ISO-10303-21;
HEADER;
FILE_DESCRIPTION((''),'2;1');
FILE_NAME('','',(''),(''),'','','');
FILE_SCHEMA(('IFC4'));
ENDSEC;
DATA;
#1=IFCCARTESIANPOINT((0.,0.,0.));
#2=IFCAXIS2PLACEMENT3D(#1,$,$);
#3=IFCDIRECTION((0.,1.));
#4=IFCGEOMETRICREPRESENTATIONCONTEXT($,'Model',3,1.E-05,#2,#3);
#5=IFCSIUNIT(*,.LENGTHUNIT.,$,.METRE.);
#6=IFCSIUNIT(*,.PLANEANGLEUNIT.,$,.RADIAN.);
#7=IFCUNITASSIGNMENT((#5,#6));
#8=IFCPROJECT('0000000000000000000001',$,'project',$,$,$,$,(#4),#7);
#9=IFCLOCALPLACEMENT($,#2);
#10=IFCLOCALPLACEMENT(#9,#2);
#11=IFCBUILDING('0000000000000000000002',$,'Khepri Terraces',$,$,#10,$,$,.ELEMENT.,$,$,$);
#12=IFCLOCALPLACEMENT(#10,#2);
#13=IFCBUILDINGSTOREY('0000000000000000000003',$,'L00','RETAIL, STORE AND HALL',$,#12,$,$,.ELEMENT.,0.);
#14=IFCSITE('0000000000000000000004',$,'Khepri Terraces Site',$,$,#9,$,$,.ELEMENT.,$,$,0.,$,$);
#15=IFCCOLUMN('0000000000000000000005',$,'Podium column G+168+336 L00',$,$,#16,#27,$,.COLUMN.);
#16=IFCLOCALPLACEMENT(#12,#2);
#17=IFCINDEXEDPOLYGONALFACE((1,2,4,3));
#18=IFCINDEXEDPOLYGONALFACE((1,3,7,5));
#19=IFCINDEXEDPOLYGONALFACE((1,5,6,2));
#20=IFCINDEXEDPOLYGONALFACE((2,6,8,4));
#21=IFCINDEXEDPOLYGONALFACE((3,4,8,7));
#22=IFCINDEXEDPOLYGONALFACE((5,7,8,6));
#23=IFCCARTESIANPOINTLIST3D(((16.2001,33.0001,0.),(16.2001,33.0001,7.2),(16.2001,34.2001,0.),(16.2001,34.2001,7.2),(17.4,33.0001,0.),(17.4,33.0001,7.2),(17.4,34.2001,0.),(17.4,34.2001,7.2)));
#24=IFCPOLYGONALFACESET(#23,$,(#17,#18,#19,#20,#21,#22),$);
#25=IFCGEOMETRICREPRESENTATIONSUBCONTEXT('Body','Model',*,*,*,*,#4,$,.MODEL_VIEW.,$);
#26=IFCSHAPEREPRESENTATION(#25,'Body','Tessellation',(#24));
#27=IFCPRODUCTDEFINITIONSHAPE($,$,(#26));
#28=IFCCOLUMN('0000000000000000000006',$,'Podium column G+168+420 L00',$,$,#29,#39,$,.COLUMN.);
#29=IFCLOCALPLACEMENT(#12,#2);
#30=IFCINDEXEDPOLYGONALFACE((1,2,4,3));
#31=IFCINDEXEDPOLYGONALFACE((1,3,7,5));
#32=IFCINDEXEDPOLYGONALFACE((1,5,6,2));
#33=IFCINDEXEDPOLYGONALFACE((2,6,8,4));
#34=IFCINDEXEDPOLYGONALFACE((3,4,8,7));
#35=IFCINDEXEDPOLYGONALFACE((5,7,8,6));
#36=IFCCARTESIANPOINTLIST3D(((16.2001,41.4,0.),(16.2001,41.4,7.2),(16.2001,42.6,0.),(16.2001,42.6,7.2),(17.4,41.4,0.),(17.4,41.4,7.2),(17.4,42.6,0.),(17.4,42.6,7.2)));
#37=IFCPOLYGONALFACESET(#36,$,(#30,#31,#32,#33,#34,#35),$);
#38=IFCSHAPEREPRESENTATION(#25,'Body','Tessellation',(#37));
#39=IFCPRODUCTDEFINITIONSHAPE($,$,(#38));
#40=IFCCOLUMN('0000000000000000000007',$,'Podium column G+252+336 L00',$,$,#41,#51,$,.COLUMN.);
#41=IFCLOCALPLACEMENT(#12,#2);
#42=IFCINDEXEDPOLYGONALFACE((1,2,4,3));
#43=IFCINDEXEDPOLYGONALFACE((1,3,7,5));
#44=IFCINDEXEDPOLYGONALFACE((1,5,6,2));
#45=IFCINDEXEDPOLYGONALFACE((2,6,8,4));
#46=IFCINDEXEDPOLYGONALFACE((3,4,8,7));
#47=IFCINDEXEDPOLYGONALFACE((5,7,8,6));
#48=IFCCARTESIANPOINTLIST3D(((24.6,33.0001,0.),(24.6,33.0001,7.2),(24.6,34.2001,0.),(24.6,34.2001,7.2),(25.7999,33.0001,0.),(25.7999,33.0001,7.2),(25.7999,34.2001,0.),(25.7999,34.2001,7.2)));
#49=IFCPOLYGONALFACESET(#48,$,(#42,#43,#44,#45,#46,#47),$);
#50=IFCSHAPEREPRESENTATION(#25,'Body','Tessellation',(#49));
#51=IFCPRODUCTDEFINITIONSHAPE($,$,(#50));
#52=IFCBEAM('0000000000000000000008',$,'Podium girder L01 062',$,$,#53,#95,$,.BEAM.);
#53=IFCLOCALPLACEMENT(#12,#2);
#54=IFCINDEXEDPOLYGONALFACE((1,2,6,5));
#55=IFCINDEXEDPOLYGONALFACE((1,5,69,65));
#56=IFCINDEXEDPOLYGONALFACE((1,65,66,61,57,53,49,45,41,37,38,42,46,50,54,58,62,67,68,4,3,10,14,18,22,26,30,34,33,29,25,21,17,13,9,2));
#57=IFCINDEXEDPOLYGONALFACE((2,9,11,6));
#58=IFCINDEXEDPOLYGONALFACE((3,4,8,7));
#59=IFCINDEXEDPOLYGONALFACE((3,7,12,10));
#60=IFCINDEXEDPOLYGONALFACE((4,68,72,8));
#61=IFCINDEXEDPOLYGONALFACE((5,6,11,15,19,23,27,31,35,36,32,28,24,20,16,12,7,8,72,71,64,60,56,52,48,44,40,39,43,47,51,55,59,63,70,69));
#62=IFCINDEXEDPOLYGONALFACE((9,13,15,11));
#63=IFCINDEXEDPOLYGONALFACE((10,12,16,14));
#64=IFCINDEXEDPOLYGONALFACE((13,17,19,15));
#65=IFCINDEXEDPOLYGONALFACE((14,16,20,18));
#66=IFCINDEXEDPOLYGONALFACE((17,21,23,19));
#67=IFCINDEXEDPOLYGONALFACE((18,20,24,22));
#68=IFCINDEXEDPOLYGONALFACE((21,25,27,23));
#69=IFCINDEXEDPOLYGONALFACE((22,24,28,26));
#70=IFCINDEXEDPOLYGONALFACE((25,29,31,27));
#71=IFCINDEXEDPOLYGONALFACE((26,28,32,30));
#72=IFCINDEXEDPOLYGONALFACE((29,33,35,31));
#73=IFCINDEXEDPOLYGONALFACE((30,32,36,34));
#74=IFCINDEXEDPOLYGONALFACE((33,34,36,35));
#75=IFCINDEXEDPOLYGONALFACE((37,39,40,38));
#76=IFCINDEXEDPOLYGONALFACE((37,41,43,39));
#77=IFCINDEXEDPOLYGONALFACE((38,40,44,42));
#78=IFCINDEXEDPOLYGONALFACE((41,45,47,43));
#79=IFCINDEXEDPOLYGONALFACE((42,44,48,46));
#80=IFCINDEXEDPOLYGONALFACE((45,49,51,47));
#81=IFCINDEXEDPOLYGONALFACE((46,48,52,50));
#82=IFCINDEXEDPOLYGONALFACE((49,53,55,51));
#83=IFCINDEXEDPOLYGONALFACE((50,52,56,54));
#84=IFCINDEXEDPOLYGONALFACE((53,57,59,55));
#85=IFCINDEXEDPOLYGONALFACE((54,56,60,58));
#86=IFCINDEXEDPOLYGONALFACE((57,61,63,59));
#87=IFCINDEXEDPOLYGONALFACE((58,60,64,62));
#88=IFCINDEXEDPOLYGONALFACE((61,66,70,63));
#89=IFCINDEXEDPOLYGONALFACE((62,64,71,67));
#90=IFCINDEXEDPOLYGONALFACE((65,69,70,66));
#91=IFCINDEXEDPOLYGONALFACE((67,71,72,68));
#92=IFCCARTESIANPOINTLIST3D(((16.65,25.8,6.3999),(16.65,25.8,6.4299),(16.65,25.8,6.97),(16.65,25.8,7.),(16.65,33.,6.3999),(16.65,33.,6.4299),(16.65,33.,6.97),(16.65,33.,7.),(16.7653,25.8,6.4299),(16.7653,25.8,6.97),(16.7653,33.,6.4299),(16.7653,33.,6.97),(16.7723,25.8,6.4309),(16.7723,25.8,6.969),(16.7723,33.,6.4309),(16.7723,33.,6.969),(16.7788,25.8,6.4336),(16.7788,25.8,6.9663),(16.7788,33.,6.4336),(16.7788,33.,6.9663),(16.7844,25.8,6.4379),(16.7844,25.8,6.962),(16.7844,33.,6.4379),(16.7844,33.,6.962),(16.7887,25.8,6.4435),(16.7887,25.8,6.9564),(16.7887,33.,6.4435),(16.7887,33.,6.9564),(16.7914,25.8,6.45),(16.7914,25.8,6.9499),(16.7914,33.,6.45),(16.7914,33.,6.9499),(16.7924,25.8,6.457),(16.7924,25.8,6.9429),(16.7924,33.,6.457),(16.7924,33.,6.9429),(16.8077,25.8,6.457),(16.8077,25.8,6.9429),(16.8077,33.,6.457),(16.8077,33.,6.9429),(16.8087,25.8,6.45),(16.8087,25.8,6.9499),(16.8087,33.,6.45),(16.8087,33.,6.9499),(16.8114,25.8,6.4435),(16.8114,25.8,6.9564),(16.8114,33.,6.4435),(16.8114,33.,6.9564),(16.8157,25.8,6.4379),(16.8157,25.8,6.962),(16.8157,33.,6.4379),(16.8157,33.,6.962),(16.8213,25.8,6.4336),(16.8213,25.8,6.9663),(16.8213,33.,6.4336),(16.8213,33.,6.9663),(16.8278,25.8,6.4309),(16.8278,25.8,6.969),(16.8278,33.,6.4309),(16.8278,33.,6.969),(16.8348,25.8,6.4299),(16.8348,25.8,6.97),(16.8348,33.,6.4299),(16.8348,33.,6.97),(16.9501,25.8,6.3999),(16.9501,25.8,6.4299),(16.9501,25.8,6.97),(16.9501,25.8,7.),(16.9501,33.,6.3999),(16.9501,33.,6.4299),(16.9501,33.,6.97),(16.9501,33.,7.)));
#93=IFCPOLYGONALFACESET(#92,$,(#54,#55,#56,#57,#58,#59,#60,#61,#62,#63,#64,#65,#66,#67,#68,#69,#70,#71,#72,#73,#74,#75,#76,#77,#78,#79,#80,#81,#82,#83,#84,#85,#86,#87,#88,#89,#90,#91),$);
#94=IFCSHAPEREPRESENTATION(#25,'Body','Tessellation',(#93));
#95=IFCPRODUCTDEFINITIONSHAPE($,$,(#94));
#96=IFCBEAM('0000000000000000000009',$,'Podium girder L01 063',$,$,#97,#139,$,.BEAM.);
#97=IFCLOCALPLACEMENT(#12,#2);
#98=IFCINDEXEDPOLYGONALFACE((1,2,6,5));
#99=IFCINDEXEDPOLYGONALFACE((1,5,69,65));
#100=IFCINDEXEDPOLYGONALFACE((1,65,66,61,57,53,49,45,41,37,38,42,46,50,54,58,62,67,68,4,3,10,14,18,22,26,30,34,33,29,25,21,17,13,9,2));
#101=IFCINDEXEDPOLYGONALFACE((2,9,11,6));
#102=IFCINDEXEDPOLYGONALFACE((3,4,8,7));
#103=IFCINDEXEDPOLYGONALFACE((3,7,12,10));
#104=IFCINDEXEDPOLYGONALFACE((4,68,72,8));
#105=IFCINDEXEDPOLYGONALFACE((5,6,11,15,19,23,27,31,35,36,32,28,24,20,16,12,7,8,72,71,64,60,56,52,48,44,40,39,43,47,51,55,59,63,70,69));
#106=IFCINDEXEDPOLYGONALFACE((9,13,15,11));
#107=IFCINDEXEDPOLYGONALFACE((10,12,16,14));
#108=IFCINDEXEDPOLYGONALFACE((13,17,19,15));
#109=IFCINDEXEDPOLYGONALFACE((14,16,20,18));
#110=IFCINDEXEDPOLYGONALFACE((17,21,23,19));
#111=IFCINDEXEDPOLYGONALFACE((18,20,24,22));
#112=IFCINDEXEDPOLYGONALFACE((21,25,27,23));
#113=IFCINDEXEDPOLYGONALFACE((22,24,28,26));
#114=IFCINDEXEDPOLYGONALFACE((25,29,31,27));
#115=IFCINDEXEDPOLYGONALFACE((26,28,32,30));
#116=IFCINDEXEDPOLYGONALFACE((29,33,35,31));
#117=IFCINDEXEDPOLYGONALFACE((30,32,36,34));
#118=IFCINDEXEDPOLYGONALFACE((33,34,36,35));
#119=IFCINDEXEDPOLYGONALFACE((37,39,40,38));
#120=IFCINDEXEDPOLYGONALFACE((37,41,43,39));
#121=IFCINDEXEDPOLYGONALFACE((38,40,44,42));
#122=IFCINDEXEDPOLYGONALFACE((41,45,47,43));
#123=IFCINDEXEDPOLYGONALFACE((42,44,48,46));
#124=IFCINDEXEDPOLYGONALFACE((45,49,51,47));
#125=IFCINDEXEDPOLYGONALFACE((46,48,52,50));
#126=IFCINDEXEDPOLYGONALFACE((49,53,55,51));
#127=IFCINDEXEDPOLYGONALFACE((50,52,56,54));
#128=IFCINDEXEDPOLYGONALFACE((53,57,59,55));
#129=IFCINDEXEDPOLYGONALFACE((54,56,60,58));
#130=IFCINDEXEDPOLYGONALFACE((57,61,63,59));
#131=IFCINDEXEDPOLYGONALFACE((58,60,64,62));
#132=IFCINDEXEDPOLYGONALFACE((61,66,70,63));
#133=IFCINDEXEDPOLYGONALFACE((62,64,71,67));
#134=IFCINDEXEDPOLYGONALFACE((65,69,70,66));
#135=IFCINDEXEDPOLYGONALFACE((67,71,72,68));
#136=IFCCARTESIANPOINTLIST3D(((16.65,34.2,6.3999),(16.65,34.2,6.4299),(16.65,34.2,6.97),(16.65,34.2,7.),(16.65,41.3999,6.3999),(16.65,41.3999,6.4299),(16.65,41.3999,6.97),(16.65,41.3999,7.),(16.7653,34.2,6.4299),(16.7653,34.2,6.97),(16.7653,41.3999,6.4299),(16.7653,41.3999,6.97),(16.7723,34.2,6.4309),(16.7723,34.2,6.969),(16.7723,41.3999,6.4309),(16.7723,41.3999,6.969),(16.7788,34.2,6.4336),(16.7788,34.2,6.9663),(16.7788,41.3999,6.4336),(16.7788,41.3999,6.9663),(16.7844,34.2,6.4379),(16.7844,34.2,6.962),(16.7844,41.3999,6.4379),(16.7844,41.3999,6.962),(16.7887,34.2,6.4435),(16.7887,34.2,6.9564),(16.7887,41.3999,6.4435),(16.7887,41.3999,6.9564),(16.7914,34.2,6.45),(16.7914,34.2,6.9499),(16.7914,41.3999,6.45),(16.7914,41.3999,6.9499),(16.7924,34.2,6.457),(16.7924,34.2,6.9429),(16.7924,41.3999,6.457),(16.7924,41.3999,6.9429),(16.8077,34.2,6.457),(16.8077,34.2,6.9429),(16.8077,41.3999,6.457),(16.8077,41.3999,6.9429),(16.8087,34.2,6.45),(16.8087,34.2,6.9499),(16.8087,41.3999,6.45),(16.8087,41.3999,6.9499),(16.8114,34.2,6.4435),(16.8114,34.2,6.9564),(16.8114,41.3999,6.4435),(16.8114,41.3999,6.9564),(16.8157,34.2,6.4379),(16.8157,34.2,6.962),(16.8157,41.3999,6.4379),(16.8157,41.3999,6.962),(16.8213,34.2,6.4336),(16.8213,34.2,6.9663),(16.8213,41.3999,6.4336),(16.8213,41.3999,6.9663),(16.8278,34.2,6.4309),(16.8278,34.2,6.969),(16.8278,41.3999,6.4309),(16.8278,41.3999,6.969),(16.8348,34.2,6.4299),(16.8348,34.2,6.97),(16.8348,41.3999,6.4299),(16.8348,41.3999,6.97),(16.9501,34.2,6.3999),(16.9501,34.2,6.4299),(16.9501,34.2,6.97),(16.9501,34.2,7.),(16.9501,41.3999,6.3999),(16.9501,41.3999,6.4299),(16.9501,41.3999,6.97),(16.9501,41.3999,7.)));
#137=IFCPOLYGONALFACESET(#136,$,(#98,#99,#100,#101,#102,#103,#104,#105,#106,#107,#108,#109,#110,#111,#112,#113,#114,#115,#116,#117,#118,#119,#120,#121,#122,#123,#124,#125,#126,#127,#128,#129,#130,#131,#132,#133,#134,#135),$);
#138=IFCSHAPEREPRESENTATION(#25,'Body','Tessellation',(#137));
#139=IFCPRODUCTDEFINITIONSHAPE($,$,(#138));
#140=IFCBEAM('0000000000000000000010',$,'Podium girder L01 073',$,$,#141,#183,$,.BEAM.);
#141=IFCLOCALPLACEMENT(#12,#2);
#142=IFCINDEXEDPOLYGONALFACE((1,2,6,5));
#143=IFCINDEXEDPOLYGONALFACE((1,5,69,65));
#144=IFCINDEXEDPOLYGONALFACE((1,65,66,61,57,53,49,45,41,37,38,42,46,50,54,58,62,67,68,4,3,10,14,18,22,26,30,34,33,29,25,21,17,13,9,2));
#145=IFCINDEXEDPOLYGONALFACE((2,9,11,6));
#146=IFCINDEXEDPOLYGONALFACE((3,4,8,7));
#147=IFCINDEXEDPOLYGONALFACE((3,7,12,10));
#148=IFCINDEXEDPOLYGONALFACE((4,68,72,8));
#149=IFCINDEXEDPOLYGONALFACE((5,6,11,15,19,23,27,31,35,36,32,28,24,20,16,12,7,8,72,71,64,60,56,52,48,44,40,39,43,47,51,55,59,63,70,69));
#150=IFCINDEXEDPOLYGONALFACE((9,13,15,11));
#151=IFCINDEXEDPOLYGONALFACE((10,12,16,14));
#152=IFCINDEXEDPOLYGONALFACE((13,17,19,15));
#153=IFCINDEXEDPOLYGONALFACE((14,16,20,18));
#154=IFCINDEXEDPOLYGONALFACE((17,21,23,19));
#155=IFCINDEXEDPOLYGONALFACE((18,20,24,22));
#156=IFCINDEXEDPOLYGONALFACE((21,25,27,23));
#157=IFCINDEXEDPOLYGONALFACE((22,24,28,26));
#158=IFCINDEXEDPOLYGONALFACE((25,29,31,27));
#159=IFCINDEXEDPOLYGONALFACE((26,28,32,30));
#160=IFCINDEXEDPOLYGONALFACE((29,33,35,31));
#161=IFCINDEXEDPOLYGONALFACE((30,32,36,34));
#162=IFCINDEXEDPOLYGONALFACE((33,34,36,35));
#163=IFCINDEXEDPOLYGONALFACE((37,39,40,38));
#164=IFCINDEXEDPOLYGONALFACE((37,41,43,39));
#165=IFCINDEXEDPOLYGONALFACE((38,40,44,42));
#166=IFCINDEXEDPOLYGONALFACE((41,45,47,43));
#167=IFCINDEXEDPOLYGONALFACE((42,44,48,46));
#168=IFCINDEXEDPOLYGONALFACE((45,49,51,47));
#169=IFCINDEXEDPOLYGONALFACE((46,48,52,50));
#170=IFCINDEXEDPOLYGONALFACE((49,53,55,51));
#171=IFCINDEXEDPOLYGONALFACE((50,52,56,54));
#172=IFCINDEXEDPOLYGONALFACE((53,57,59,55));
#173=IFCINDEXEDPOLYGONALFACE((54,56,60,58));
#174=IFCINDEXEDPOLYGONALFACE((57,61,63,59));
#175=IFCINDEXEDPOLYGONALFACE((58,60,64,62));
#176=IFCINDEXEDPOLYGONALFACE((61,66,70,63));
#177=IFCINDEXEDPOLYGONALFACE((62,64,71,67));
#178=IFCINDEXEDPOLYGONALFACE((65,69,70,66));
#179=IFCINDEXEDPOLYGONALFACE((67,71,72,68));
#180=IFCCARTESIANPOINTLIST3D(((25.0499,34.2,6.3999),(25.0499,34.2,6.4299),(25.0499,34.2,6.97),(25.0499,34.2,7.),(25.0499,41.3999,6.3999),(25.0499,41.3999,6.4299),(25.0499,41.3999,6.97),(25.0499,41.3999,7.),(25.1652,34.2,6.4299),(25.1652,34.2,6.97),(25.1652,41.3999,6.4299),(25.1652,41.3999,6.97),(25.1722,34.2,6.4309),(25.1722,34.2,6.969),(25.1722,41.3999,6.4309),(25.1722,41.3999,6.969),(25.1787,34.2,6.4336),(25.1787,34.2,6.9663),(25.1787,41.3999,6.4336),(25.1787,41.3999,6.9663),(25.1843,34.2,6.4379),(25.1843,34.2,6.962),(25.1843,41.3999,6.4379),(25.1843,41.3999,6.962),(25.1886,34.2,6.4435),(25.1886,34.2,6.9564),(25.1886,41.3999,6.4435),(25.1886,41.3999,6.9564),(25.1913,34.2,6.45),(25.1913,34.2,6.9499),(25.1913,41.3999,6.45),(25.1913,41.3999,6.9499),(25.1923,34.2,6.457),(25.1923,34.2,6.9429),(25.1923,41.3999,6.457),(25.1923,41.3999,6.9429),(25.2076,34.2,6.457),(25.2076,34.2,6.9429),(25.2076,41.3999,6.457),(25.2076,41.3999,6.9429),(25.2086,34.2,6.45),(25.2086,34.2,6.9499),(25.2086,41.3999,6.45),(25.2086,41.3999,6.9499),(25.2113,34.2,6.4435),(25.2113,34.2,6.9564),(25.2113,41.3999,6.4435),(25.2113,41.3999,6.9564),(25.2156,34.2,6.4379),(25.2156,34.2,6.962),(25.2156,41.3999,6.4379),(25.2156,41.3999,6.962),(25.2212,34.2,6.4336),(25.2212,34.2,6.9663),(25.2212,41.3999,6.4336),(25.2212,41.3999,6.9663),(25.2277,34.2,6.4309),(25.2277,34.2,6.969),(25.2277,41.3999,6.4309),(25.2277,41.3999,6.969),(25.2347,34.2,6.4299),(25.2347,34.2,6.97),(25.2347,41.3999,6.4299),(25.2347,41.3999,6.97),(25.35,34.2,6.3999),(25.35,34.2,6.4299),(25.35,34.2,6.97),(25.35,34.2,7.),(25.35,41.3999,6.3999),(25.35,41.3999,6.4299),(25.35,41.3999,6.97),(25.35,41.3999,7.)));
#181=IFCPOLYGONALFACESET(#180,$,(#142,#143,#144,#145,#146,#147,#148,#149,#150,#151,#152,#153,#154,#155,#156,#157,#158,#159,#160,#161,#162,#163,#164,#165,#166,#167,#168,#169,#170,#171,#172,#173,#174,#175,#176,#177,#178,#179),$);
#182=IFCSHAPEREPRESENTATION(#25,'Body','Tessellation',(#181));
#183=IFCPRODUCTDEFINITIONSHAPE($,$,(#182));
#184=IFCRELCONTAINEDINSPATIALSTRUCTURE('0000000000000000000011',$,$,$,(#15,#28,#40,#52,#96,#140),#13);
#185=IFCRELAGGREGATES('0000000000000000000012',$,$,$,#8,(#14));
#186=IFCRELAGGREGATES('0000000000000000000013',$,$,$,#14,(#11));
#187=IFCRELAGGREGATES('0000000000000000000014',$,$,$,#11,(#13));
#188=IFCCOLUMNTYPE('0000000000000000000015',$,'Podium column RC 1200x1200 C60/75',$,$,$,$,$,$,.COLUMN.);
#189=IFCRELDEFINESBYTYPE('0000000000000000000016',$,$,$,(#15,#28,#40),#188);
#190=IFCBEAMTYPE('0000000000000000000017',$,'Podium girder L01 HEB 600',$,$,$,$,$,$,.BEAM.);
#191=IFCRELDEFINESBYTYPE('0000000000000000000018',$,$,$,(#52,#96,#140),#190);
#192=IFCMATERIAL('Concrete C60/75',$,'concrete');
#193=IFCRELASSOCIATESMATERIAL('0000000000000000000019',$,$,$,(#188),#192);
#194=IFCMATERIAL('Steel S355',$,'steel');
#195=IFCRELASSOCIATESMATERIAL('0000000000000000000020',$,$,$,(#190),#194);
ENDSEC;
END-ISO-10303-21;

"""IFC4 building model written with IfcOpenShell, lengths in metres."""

from ifc_helpers import new_model, si_unit, direction, frame, origin, origin_2d, place, context, subcontext, project, spatial, rectangle, i_section, extrude, material, material_profile, profile_set, type_object, element, save


model = new_model("IFC4")

# Units and contexts
model_context = context("Model", 3, precision=1e-05, world=origin(), true_north=direction((0.0, 1.0)))
body_context = subcontext(model_context, "Body", "Model", "MODEL_VIEW")
ifc_project = project(units=[si_unit("LENGTHUNIT", "METRE"), si_unit("PLANEANGLEUNIT", "RADIAN")], contexts=[model_context])

# Site, building, storey
site_placement = place(None, origin())
site = spatial("IfcSite", under=ifc_project, at=site_placement, Name="Khepri Terraces Site", CompositionType="ELEMENT", RefElevation=0.0)
building_placement = place(site_placement, origin())
building = spatial("IfcBuilding", under=site, at=building_placement, Name="Khepri Terraces", CompositionType="ELEMENT")
storey_placement = place(building_placement, origin())
storey = spatial("IfcBuildingStorey", under=building, at=storey_placement, Name="L00", Description="RETAIL, STORE AND HALL", CompositionType="ELEMENT", Elevation=0.0)

# Columns
ifc_material_1 = material(Name="Concrete C60/75", Category="concrete")
ifc_material_profile_1 = material_profile(ifc_material_1, rectangle(XDim=1.2, YDim=1.2, at=origin_2d()), Name="Concrete C60/75", Category="concrete")
ifc_profile_set_1 = profile_set([ifc_material_profile_1], Name="Concrete C60/75")
column_type = type_object("IfcColumnType", Name="Podium column RC 1200x1200 C60/75", PredefinedType="COLUMN", material=ifc_profile_set_1)
for number, where, z_axis, x_axis, name in (
    (1, (16.8, 33.6001, 0.0), (0.0, 0.0, 1.0), (1.0, 0.0, 0.0), "Podium column G+168+336 L00"),
    (2, (16.8, 42.0, 0.0), (0.0, 0.0, 1.0), (1.0, 0.0, 0.0), "Podium column G+168+420 L00"),
    (3, (25.2, 33.6001, 0.0), (0.0, 0.0, 1.0), (1.0, 0.0, 0.0), "Podium column G+252+336 L00"),
):
    element("IfcColumn", number, at=place(storey_placement, frame(where, z_axis=z_axis, x_axis=x_axis)), inside=storey, type_object=column_type, Name=name, PredefinedType="COLUMN", context=body_context, shape_type="SweptSolid", body=[
        extrude(rectangle(XDim=1.2, YDim=1.2, at=origin_2d()), origin(), (0.0, 0.0, 1.0), 7.2),
    ])

# Beams
ifc_material_2 = material(Name="Steel S355", Category="steel")
ifc_material_profile_2 = material_profile(ifc_material_2, i_section(OverallWidth=0.3, OverallDepth=0.6001, WebThickness=0.0154, FlangeThickness=0.03, FilletRadius=0.0271, at=origin_2d()), Name="Steel S355", Category="steel")
ifc_profile_set_2 = profile_set([ifc_material_profile_2], Name="Steel S355")
beam_type_1 = type_object("IfcBeamType", Name="Podium girder L01 HEB 600", PredefinedType="BEAM", material=ifc_profile_set_2)
for number, where, z_axis, x_axis, name in (
    (4, (16.8, 25.8, 6.7), (0.0, 1.0, 0.0), (-1.0, 0.0, 0.0), "Podium girder L01 062"),
    (5, (16.8, 34.2, 6.7), (0.0, 1.0, 0.0), (-1.0, 0.0, 0.0), "Podium girder L01 063"),
    (6, (25.2, 34.2, 6.7), (0.0, 1.0, 0.0), (-1.0, 0.0, 0.0), "Podium girder L01 073"),
):
    element("IfcBeam", number, at=place(storey_placement, frame(where, z_axis=z_axis, x_axis=x_axis)), inside=storey, type_object=beam_type_1, Name=name, PredefinedType="BEAM", context=body_context, shape_type="SweptSolid", body=[
        extrude(i_section(OverallWidth=0.3, OverallDepth=0.6001, WebThickness=0.0154, FlangeThickness=0.03, FilletRadius=0.0271, at=origin_2d()), origin(), (0.0, 0.0, 1.0), 7.2),
    ])

save(model, "model.ifc")
